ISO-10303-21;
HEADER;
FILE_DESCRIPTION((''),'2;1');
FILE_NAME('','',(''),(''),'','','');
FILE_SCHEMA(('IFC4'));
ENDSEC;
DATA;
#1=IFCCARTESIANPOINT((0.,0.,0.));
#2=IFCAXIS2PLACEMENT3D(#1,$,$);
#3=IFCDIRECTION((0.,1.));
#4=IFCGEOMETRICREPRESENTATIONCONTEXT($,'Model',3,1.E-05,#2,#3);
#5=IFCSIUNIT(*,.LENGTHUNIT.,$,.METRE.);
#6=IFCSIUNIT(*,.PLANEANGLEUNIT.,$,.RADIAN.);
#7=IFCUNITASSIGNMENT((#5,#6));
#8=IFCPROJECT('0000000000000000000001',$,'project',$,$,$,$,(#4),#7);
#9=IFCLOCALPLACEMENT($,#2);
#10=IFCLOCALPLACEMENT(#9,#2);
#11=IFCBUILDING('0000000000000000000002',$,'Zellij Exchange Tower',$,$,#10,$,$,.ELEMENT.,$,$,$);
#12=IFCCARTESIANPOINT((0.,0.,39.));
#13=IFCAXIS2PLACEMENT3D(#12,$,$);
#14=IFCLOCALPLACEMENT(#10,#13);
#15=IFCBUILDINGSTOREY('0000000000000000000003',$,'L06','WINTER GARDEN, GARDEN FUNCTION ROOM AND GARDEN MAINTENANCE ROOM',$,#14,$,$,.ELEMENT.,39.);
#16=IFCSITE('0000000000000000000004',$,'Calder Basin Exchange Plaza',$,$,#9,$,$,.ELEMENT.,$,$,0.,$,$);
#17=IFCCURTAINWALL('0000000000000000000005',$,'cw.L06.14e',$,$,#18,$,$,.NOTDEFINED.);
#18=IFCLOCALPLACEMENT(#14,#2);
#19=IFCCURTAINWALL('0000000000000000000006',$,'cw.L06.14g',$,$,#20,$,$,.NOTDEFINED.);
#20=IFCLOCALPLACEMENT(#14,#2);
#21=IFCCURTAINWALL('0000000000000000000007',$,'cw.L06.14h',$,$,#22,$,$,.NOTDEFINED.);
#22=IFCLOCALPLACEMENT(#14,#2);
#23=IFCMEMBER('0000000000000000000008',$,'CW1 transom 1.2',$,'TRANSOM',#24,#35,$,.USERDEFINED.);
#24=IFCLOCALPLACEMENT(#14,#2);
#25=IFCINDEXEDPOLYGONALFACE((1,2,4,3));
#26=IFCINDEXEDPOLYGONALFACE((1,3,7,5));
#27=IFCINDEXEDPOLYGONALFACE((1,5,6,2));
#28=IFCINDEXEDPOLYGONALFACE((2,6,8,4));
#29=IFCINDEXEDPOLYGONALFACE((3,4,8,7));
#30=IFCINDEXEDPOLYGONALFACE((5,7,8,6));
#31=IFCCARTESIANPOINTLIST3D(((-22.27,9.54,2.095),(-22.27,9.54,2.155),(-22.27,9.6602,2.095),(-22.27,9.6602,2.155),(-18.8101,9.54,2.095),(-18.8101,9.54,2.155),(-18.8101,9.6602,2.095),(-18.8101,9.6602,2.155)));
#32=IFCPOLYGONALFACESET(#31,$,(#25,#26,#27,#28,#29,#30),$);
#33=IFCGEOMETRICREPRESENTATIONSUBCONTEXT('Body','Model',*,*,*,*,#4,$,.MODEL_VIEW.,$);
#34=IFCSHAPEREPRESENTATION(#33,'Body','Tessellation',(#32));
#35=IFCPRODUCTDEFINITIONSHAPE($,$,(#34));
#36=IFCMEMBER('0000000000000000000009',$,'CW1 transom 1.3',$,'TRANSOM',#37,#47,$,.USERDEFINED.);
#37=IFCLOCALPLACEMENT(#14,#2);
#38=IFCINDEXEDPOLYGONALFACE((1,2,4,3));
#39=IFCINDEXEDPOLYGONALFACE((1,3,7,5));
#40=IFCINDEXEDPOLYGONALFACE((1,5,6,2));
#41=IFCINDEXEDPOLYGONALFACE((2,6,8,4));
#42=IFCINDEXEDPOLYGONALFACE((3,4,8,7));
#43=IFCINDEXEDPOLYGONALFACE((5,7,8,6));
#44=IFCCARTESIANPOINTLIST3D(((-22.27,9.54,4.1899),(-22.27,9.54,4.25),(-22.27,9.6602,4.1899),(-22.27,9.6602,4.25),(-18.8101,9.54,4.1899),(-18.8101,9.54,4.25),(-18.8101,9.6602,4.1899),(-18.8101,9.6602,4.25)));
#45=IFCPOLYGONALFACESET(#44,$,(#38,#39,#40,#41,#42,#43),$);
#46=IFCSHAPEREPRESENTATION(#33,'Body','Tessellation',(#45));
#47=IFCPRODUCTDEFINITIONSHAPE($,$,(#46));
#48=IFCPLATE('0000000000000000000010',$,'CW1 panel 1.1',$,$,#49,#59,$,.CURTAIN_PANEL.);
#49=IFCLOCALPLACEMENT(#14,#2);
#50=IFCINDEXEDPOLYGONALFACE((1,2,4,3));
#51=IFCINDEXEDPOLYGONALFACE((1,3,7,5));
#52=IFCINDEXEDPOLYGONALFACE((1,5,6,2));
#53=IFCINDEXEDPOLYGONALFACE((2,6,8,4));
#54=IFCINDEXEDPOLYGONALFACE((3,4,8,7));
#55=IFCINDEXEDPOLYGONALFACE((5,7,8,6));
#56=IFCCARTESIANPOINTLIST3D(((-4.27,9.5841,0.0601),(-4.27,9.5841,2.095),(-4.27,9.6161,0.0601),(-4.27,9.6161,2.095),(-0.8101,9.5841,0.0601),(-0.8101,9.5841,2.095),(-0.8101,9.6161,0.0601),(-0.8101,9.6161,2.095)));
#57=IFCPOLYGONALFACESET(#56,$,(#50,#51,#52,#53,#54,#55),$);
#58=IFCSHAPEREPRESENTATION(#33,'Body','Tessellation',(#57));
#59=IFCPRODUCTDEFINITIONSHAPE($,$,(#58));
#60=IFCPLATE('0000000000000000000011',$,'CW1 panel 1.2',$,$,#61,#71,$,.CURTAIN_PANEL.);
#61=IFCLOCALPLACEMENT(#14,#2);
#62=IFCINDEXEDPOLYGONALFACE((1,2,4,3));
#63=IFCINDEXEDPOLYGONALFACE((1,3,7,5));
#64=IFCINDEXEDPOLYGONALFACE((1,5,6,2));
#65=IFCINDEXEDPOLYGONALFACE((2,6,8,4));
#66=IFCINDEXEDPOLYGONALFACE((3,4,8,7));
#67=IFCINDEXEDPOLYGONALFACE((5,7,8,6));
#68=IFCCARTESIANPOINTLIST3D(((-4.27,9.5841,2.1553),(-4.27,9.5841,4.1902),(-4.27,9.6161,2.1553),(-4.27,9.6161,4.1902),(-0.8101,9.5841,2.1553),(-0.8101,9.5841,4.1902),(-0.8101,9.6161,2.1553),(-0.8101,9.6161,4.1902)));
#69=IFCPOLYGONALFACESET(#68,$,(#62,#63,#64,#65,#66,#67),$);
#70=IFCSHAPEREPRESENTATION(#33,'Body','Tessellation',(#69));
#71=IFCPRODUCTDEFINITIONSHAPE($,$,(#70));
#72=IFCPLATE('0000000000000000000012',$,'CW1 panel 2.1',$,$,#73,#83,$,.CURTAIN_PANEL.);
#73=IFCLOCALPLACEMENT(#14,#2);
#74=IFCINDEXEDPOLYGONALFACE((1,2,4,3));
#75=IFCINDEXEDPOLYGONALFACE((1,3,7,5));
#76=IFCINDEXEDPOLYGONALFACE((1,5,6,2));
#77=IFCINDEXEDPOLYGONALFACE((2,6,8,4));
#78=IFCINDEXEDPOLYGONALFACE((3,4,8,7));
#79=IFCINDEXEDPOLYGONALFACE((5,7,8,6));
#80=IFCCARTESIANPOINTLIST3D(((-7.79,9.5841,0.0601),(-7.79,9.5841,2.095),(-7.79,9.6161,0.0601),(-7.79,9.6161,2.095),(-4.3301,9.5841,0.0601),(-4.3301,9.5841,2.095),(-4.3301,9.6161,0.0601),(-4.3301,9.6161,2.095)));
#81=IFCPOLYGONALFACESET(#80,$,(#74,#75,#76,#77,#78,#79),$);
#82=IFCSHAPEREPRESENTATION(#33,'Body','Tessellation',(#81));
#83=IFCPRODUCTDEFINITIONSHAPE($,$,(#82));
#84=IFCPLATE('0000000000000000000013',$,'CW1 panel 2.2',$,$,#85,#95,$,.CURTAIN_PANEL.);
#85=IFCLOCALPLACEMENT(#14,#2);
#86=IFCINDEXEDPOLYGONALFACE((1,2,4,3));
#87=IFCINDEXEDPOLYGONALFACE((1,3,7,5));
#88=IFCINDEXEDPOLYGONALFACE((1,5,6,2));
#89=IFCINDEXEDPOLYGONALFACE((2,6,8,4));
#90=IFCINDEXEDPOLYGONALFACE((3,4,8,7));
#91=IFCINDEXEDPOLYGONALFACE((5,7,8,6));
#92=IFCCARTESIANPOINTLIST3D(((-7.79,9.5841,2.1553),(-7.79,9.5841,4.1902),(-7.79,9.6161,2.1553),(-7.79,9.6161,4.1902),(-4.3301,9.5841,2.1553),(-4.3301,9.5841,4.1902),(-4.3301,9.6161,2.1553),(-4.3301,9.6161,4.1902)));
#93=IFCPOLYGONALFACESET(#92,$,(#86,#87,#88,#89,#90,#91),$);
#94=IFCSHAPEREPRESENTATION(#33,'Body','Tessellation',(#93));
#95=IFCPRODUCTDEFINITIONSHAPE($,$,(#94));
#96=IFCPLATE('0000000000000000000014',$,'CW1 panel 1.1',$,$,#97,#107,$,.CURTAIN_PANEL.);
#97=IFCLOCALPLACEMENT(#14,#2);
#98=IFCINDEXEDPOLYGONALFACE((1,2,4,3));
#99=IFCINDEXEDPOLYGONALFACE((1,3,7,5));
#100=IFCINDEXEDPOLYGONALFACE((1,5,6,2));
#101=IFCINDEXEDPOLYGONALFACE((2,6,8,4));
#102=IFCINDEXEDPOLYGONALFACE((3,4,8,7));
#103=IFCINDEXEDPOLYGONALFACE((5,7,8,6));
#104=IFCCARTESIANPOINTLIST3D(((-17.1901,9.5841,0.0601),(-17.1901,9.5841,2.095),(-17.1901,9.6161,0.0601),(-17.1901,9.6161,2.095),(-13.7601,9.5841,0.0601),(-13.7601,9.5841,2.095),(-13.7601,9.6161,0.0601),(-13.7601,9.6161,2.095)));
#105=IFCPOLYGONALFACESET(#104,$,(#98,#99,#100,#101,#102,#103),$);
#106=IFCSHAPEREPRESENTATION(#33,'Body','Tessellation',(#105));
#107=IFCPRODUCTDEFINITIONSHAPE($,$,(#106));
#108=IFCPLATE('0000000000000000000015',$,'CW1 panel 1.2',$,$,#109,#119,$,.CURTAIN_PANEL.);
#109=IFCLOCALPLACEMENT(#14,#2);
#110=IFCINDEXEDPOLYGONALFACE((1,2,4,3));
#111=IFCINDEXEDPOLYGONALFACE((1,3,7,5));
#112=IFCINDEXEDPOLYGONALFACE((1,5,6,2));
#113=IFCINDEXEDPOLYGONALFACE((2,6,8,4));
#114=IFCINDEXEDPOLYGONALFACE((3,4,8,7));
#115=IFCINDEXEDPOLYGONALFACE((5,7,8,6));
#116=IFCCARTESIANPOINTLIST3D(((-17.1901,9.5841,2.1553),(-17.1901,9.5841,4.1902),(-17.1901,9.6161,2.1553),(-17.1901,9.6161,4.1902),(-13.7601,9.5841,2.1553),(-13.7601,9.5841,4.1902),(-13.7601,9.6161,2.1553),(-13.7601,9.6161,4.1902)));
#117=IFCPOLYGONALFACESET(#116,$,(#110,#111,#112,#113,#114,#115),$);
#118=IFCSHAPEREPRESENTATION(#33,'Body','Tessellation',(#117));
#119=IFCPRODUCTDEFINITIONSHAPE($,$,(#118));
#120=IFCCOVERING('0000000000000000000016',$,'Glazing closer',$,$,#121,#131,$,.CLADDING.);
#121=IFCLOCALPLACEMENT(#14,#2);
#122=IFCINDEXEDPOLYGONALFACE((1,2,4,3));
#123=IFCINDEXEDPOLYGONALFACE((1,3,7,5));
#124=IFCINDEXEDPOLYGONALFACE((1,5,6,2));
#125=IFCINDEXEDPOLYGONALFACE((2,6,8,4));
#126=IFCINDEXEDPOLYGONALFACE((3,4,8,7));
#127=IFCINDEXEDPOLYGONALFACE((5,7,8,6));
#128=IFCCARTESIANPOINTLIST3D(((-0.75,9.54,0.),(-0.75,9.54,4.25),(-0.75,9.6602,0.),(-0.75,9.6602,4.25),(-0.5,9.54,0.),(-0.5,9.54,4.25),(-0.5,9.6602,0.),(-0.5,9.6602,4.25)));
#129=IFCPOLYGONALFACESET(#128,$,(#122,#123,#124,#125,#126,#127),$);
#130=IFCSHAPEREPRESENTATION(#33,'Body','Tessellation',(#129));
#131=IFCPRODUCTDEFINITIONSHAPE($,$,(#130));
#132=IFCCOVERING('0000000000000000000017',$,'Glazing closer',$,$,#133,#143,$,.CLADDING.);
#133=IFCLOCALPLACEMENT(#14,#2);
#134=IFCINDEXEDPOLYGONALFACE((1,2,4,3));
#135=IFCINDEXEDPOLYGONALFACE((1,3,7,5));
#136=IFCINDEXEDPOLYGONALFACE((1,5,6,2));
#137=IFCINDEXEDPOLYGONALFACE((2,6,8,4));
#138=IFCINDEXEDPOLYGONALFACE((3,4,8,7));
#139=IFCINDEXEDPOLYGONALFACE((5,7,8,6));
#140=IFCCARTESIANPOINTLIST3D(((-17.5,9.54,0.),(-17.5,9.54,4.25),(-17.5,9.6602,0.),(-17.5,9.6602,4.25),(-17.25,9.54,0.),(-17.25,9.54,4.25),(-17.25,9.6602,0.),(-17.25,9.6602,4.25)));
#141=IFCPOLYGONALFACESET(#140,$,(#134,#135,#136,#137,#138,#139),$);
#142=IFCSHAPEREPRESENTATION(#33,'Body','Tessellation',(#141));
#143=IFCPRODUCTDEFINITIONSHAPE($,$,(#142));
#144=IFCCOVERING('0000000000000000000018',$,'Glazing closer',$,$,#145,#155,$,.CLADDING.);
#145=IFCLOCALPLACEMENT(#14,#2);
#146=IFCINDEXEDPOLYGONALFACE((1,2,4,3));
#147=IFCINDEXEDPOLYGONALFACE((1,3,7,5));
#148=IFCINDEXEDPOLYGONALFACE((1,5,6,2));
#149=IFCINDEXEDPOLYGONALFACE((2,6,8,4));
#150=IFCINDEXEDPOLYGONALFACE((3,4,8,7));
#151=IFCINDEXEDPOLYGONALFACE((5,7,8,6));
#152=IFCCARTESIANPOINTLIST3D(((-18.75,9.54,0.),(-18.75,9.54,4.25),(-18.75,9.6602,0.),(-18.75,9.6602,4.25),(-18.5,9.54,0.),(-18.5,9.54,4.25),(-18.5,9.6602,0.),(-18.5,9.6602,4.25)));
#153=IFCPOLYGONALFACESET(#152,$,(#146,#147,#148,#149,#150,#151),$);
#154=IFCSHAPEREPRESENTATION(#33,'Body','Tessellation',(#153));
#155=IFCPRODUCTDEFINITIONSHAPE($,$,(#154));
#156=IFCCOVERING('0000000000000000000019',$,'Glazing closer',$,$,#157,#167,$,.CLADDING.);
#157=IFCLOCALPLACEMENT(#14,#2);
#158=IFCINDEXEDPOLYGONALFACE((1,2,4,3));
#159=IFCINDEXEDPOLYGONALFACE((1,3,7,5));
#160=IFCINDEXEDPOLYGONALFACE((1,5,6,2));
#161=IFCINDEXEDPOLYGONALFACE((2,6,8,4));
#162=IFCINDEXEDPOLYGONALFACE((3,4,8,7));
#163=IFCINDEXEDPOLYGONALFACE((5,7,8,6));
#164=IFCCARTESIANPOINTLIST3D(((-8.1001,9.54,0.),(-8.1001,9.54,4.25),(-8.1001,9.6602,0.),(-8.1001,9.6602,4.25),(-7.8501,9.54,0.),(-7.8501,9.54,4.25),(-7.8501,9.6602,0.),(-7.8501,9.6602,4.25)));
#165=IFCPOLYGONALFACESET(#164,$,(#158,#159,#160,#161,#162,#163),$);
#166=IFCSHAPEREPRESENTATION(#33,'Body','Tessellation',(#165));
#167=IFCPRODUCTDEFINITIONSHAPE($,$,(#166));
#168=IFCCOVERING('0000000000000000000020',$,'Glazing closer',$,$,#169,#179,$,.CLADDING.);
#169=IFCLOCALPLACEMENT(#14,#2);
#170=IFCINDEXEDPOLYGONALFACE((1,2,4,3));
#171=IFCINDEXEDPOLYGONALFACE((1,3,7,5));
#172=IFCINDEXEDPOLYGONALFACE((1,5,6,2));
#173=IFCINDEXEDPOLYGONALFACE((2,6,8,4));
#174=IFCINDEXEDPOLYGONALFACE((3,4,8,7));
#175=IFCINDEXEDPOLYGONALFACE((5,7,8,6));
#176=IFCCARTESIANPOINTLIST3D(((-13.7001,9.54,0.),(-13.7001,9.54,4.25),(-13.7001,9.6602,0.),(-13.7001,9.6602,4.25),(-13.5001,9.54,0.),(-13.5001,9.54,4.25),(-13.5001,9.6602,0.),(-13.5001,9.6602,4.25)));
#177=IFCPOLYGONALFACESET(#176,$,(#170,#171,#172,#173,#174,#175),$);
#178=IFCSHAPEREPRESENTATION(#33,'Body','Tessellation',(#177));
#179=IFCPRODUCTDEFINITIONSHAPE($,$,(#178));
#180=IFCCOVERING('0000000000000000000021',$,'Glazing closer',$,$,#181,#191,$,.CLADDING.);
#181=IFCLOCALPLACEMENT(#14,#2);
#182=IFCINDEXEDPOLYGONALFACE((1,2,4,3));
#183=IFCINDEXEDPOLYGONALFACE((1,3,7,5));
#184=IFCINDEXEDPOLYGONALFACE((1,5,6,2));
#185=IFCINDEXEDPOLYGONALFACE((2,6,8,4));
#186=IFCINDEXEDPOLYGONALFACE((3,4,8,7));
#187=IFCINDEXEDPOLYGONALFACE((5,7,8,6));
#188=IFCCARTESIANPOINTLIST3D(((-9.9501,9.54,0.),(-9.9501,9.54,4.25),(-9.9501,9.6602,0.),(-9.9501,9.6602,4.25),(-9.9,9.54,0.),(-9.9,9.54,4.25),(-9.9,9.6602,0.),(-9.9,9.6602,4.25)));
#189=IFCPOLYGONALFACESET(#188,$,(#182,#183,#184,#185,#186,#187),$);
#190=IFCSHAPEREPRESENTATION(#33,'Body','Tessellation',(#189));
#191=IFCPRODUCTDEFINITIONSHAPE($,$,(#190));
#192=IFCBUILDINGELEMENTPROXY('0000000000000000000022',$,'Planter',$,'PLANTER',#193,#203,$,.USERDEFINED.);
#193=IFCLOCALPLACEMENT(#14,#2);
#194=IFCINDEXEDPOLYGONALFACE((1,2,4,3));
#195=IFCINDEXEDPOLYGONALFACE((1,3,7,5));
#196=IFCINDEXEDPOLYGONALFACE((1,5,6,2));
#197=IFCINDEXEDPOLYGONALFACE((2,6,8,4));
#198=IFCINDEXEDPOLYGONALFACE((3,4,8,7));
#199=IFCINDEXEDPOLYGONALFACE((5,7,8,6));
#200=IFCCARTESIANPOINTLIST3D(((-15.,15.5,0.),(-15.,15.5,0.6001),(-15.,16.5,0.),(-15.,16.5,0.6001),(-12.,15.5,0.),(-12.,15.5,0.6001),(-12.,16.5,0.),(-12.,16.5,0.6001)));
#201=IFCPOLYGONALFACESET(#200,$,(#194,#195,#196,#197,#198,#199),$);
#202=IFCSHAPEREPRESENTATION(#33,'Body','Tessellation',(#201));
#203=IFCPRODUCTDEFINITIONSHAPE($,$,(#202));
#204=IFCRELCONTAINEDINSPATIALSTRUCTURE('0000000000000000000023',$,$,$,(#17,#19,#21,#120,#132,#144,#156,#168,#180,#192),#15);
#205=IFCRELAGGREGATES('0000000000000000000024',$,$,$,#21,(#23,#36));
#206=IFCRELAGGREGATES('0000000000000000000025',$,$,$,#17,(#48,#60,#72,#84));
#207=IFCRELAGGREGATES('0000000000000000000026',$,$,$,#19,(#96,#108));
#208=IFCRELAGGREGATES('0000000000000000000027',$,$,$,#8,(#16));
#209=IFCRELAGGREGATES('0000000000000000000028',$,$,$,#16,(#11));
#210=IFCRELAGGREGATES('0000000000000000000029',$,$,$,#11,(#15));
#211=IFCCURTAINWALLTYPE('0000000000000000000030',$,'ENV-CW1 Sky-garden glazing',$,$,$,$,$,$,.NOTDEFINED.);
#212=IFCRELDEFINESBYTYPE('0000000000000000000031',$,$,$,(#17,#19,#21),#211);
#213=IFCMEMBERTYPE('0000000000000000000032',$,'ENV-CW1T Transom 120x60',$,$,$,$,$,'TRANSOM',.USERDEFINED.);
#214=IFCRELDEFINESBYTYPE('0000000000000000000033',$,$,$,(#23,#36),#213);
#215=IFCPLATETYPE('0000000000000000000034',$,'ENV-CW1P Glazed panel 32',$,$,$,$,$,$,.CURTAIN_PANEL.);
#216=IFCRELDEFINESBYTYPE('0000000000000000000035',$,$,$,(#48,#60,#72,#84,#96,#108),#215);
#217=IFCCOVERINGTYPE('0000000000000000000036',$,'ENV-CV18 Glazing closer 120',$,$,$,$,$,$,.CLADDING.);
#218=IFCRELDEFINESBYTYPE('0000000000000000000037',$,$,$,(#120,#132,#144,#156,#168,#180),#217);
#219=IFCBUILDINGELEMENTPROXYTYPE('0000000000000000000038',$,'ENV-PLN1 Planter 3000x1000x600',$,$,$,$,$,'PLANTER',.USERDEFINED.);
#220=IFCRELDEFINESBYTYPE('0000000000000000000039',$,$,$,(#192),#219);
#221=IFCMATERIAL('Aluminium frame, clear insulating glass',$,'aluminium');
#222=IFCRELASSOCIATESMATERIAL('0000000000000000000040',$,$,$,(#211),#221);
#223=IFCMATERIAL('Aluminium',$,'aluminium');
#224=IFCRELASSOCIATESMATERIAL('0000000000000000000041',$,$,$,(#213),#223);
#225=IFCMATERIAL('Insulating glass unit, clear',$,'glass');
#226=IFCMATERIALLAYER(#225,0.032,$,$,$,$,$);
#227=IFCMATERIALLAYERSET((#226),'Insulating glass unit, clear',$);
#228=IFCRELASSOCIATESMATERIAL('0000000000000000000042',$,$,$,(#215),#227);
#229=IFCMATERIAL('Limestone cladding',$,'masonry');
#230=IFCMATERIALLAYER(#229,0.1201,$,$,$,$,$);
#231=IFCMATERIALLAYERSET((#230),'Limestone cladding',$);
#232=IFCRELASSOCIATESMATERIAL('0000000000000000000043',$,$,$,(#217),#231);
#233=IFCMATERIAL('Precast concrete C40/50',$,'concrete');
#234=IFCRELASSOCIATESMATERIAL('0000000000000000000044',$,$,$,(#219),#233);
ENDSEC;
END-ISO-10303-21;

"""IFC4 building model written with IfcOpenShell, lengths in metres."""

from ifc_helpers import new_model, si_unit, direction, frame, origin, origin_2d, place, context, subcontext, project, spatial, rectangle, extrude, material, layer, layer_set, material_profile, profile_set, type_object, element, aggregate, save


model = new_model("IFC4")

# Units and contexts
model_context = context("Model", 3, precision=1e-05, world=origin(), true_north=direction((0.0, 1.0)))
body_context = subcontext(model_context, "Body", "Model", "MODEL_VIEW")
ifc_project = project(units=[si_unit("LENGTHUNIT", "METRE"), si_unit("PLANEANGLEUNIT", "RADIAN")], contexts=[model_context])

# Site, building, storey
site_placement = place(None, origin())
site = spatial("IfcSite", under=ifc_project, at=site_placement, Name="Calder Basin Exchange Plaza", CompositionType="ELEMENT", RefElevation=0.0)
building_placement = place(site_placement, origin())
building = spatial("IfcBuilding", under=site, at=building_placement, Name="Zellij Exchange Tower", CompositionType="ELEMENT")
storey_placement = place(building_placement, frame((0.0, 0.0, 39.0)))
storey = spatial("IfcBuildingStorey", under=building, at=storey_placement, Name="L06", Description="WINTER GARDEN, GARDEN FUNCTION ROOM AND GARDEN MAINTENANCE ROOM", CompositionType="ELEMENT", Elevation=39.0)

# Curtain walls
ifc_material_1 = material(Name="Aluminium frame, clear insulating glass", Category="aluminium")
curtain_wall_type = type_object("IfcCurtainWallType", Name="ENV-CW1 Sky-garden glazing", PredefinedType="NOTDEFINED", material=ifc_material_1)
curtain_wall_1_placement = place(storey_placement, origin())
curtain_wall_1 = element("IfcCurtainWall", 1, at=curtain_wall_1_placement, inside=storey, type_object=curtain_wall_type, Name="cw.L06.14e", PredefinedType="NOTDEFINED")
ifc_material_2 = material(Name="Aluminium", Category="aluminium")
curtain_wall_2_placement = place(storey_placement, origin())
curtain_wall_2 = element("IfcCurtainWall", 2, at=curtain_wall_2_placement, inside=storey, type_object=curtain_wall_type, Name="cw.L06.14g", PredefinedType="NOTDEFINED")

# Curtain wall
curtain_wall_3_placement = place(storey_placement, origin())
curtain_wall_3 = element("IfcCurtainWall", 3, at=curtain_wall_3_placement, inside=storey, type_object=curtain_wall_type, Name="cw.L06.14h", PredefinedType="NOTDEFINED")

# Members
ifc_material_profile_1 = material_profile(ifc_material_2, rectangle(XDim=0.1201, YDim=0.0601, at=origin_2d()), Name="AL 120x60")
ifc_profile_set_1 = profile_set([ifc_material_profile_1], Name="Aluminium")
member_type_1 = type_object("IfcMemberType", Name="ENV-CW1T Transom 120x60", ElementType="TRANSOM", PredefinedType="USERDEFINED", material=ifc_profile_set_1)
member_1_placement = place(storey_placement, frame((-18.8101, 9.6001, 2.125), z_axis=(-1.0, 0.0, 0.0), x_axis=(0.0, -1.0, 0.0)))
member_1 = element("IfcMember", 4, at=member_1_placement, type_object=member_type_1, Name="CW1 transom 1.2", ObjectType="TRANSOM", PredefinedType="USERDEFINED", context=body_context, shape_type="SweptSolid", body=[
    extrude(rectangle(XDim=0.1201, YDim=0.0601, at=origin_2d()), origin(), (0.0, 0.0, 1.0), 3.46),
])
member_2_placement = place(storey_placement, frame((-18.8101, 9.6001, 4.22), z_axis=(-1.0, 0.0, 0.0), x_axis=(0.0, -1.0, 0.0)))
member_2 = element("IfcMember", 5, at=member_2_placement, type_object=member_type_1, Name="CW1 transom 1.3", ObjectType="TRANSOM", PredefinedType="USERDEFINED", context=body_context, shape_type="SweptSolid", body=[
    extrude(rectangle(XDim=0.1201, YDim=0.0601, at=origin_2d()), origin(), (0.0, 0.0, 1.0), 3.46),
])
aggregate(curtain_wall_3, [member_1, member_2])

# Plates
ifc_material_3 = material(Name="Insulating glass unit, clear", Category="glass")
ifc_layer_1 = layer(ifc_material_3, 0.032)
ifc_layer_set_1 = layer_set([ifc_layer_1], Name="Insulating glass unit, clear")
plate_type = type_object("IfcPlateType", Name="ENV-CW1P Glazed panel 32", PredefinedType="CURTAIN_PANEL", material=ifc_layer_set_1)
plate_1_placement = place(storey_placement, frame((-2.54, 9.6001, 0.0601), z_axis=(0.0, 0.0, 1.0), x_axis=(-1.0, 0.0, 0.0)))
plate_1 = element("IfcPlate", 6, at=plate_1_placement, type_object=plate_type, Name="CW1 panel 1.1", PredefinedType="CURTAIN_PANEL", context=body_context, shape_type="SweptSolid", body=[
    extrude(rectangle(XDim=3.46, YDim=0.032, at=origin_2d()), origin(), (0.0, 0.0, 1.0), 2.0349),
])
plate_2_placement = place(storey_placement, frame((-2.54, 9.6001, 2.1553), z_axis=(0.0, 0.0, 1.0), x_axis=(-1.0, 0.0, 0.0)))
plate_2 = element("IfcPlate", 7, at=plate_2_placement, type_object=plate_type, Name="CW1 panel 1.2", PredefinedType="CURTAIN_PANEL", context=body_context, shape_type="SweptSolid", body=[
    extrude(rectangle(XDim=3.46, YDim=0.032, at=origin_2d()), origin(), (0.0, 0.0, 1.0), 2.0349),
])
plate_3_placement = place(storey_placement, frame((-6.0601, 9.6001, 0.0601), z_axis=(0.0, 0.0, 1.0), x_axis=(-1.0, 0.0, 0.0)))
plate_3 = element("IfcPlate", 8, at=plate_3_placement, type_object=plate_type, Name="CW1 panel 2.1", PredefinedType="CURTAIN_PANEL", context=body_context, shape_type="SweptSolid", body=[
    extrude(rectangle(XDim=3.46, YDim=0.032, at=origin_2d()), origin(), (0.0, 0.0, 1.0), 2.0349),
])
plate_4_placement = place(storey_placement, frame((-6.0601, 9.6001, 2.1553), z_axis=(0.0, 0.0, 1.0), x_axis=(-1.0, 0.0, 0.0)))
plate_4 = element("IfcPlate", 9, at=plate_4_placement, type_object=plate_type, Name="CW1 panel 2.2", PredefinedType="CURTAIN_PANEL", context=body_context, shape_type="SweptSolid", body=[
    extrude(rectangle(XDim=3.46, YDim=0.032, at=origin_2d()), origin(), (0.0, 0.0, 1.0), 2.0349),
])
aggregate(curtain_wall_1, [plate_1, plate_2, plate_3, plate_4])
plate_5_placement = place(storey_placement, frame((-15.4751, 9.6001, 0.0601), z_axis=(0.0, 0.0, 1.0), x_axis=(-1.0, 0.0, 0.0)))
plate_5 = element("IfcPlate", 10, at=plate_5_placement, type_object=plate_type, Name="CW1 panel 1.1", PredefinedType="CURTAIN_PANEL", context=body_context, shape_type="SweptSolid", body=[
    extrude(rectangle(XDim=3.4299, YDim=0.032, at=origin_2d()), origin(), (0.0, 0.0, 1.0), 2.0349),
])
plate_6_placement = place(storey_placement, frame((-15.4751, 9.6001, 2.1553), z_axis=(0.0, 0.0, 1.0), x_axis=(-1.0, 0.0, 0.0)))
plate_6 = element("IfcPlate", 11, at=plate_6_placement, type_object=plate_type, Name="CW1 panel 1.2", PredefinedType="CURTAIN_PANEL", context=body_context, shape_type="SweptSolid", body=[
    extrude(rectangle(XDim=3.4299, YDim=0.032, at=origin_2d()), origin(), (0.0, 0.0, 1.0), 2.0349),
])
aggregate(curtain_wall_2, [plate_5, plate_6])

# Shared definitions
ifc_material_4 = material(Name="Precast concrete C40/50", Category="concrete")

# Coverings
ifc_material_5 = material(Name="Limestone cladding", Category="masonry")
ifc_layer_2 = layer(ifc_material_5, 0.1201)
ifc_layer_set_2 = layer_set([ifc_layer_2], Name="Limestone cladding")
covering_type = type_object("IfcCoveringType", Name="ENV-CV18 Glazing closer 120", PredefinedType="CLADDING", material=ifc_layer_set_2)
for number, where, z_axis, x_axis, name in (
    (12, (-0.625, 9.6001, 0.0), (0.0, 0.0, 1.0), (1.0, 0.0, 0.0), "Glazing closer"),
    (13, (-17.375, 9.6001, 0.0), (0.0, 0.0, 1.0), (-1.0, 0.0, 0.0), "Glazing closer"),
    (14, (-18.625, 9.6001, 0.0), (0.0, 0.0, 1.0), (1.0, 0.0, 0.0), "Glazing closer"),
    (15, (-7.9751, 9.6001, 0.0), (0.0, 0.0, 1.0), (-1.0, 0.0, 0.0), "Glazing closer"),
):
    element("IfcCovering", number, at=place(storey_placement, frame(where, z_axis=z_axis, x_axis=x_axis)), inside=storey, type_object=covering_type, Name=name, PredefinedType="CLADDING", context=body_context, shape_type="SweptSolid", body=[
        extrude(rectangle(XDim=0.25, YDim=0.1201, at=origin_2d()), origin(), (0.0, 0.0, 1.0), 4.25),
    ])
covering_1_placement = place(storey_placement, frame((-13.6001, 9.6001, 0.0), z_axis=(0.0, 0.0, 1.0), x_axis=(1.0, 0.0, 0.0)))
element("IfcCovering", 16, at=covering_1_placement, inside=storey, type_object=covering_type, Name="Glazing closer", PredefinedType="CLADDING", context=body_context, shape_type="SweptSolid", body=[
    extrude(rectangle(XDim=0.2, YDim=0.1201, at=origin_2d()), origin(), (0.0, 0.0, 1.0), 4.25),
])
covering_2_placement = place(storey_placement, frame((-9.925, 9.6001, 0.0), z_axis=(0.0, 0.0, 1.0), x_axis=(1.0, 0.0, 0.0)))
element("IfcCovering", 17, at=covering_2_placement, inside=storey, type_object=covering_type, Name="Glazing closer", PredefinedType="CLADDING", context=body_context, shape_type="SweptSolid", body=[
    extrude(rectangle(XDim=0.05, YDim=0.1201, at=origin_2d()), origin(), (0.0, 0.0, 1.0), 4.25),
])

# Building element proxy
building_element_proxy_type = type_object("IfcBuildingElementProxyType", Name="ENV-PLN1 Planter 3000x1000x600", ElementType="PLANTER", PredefinedType="USERDEFINED", material=ifc_material_4)
for number, where, z_axis, x_axis, name in (
    (18, (-13.5, 16.0, 0.0), (0.0, 0.0, 1.0), (1.0, 0.0, 0.0), "Planter"),
):
    element("IfcBuildingElementProxy", number, at=place(storey_placement, frame(where, z_axis=z_axis, x_axis=x_axis)), inside=storey, type_object=building_element_proxy_type, Name=name, ObjectType="PLANTER", PredefinedType="USERDEFINED", context=body_context, shape_type="SweptSolid", body=[
        extrude(rectangle(XDim=3.0, YDim=1.0, at=origin_2d()), origin(), (0.0, 0.0, 1.0), 0.6001),
    ])

save(model, "model.ifc")
